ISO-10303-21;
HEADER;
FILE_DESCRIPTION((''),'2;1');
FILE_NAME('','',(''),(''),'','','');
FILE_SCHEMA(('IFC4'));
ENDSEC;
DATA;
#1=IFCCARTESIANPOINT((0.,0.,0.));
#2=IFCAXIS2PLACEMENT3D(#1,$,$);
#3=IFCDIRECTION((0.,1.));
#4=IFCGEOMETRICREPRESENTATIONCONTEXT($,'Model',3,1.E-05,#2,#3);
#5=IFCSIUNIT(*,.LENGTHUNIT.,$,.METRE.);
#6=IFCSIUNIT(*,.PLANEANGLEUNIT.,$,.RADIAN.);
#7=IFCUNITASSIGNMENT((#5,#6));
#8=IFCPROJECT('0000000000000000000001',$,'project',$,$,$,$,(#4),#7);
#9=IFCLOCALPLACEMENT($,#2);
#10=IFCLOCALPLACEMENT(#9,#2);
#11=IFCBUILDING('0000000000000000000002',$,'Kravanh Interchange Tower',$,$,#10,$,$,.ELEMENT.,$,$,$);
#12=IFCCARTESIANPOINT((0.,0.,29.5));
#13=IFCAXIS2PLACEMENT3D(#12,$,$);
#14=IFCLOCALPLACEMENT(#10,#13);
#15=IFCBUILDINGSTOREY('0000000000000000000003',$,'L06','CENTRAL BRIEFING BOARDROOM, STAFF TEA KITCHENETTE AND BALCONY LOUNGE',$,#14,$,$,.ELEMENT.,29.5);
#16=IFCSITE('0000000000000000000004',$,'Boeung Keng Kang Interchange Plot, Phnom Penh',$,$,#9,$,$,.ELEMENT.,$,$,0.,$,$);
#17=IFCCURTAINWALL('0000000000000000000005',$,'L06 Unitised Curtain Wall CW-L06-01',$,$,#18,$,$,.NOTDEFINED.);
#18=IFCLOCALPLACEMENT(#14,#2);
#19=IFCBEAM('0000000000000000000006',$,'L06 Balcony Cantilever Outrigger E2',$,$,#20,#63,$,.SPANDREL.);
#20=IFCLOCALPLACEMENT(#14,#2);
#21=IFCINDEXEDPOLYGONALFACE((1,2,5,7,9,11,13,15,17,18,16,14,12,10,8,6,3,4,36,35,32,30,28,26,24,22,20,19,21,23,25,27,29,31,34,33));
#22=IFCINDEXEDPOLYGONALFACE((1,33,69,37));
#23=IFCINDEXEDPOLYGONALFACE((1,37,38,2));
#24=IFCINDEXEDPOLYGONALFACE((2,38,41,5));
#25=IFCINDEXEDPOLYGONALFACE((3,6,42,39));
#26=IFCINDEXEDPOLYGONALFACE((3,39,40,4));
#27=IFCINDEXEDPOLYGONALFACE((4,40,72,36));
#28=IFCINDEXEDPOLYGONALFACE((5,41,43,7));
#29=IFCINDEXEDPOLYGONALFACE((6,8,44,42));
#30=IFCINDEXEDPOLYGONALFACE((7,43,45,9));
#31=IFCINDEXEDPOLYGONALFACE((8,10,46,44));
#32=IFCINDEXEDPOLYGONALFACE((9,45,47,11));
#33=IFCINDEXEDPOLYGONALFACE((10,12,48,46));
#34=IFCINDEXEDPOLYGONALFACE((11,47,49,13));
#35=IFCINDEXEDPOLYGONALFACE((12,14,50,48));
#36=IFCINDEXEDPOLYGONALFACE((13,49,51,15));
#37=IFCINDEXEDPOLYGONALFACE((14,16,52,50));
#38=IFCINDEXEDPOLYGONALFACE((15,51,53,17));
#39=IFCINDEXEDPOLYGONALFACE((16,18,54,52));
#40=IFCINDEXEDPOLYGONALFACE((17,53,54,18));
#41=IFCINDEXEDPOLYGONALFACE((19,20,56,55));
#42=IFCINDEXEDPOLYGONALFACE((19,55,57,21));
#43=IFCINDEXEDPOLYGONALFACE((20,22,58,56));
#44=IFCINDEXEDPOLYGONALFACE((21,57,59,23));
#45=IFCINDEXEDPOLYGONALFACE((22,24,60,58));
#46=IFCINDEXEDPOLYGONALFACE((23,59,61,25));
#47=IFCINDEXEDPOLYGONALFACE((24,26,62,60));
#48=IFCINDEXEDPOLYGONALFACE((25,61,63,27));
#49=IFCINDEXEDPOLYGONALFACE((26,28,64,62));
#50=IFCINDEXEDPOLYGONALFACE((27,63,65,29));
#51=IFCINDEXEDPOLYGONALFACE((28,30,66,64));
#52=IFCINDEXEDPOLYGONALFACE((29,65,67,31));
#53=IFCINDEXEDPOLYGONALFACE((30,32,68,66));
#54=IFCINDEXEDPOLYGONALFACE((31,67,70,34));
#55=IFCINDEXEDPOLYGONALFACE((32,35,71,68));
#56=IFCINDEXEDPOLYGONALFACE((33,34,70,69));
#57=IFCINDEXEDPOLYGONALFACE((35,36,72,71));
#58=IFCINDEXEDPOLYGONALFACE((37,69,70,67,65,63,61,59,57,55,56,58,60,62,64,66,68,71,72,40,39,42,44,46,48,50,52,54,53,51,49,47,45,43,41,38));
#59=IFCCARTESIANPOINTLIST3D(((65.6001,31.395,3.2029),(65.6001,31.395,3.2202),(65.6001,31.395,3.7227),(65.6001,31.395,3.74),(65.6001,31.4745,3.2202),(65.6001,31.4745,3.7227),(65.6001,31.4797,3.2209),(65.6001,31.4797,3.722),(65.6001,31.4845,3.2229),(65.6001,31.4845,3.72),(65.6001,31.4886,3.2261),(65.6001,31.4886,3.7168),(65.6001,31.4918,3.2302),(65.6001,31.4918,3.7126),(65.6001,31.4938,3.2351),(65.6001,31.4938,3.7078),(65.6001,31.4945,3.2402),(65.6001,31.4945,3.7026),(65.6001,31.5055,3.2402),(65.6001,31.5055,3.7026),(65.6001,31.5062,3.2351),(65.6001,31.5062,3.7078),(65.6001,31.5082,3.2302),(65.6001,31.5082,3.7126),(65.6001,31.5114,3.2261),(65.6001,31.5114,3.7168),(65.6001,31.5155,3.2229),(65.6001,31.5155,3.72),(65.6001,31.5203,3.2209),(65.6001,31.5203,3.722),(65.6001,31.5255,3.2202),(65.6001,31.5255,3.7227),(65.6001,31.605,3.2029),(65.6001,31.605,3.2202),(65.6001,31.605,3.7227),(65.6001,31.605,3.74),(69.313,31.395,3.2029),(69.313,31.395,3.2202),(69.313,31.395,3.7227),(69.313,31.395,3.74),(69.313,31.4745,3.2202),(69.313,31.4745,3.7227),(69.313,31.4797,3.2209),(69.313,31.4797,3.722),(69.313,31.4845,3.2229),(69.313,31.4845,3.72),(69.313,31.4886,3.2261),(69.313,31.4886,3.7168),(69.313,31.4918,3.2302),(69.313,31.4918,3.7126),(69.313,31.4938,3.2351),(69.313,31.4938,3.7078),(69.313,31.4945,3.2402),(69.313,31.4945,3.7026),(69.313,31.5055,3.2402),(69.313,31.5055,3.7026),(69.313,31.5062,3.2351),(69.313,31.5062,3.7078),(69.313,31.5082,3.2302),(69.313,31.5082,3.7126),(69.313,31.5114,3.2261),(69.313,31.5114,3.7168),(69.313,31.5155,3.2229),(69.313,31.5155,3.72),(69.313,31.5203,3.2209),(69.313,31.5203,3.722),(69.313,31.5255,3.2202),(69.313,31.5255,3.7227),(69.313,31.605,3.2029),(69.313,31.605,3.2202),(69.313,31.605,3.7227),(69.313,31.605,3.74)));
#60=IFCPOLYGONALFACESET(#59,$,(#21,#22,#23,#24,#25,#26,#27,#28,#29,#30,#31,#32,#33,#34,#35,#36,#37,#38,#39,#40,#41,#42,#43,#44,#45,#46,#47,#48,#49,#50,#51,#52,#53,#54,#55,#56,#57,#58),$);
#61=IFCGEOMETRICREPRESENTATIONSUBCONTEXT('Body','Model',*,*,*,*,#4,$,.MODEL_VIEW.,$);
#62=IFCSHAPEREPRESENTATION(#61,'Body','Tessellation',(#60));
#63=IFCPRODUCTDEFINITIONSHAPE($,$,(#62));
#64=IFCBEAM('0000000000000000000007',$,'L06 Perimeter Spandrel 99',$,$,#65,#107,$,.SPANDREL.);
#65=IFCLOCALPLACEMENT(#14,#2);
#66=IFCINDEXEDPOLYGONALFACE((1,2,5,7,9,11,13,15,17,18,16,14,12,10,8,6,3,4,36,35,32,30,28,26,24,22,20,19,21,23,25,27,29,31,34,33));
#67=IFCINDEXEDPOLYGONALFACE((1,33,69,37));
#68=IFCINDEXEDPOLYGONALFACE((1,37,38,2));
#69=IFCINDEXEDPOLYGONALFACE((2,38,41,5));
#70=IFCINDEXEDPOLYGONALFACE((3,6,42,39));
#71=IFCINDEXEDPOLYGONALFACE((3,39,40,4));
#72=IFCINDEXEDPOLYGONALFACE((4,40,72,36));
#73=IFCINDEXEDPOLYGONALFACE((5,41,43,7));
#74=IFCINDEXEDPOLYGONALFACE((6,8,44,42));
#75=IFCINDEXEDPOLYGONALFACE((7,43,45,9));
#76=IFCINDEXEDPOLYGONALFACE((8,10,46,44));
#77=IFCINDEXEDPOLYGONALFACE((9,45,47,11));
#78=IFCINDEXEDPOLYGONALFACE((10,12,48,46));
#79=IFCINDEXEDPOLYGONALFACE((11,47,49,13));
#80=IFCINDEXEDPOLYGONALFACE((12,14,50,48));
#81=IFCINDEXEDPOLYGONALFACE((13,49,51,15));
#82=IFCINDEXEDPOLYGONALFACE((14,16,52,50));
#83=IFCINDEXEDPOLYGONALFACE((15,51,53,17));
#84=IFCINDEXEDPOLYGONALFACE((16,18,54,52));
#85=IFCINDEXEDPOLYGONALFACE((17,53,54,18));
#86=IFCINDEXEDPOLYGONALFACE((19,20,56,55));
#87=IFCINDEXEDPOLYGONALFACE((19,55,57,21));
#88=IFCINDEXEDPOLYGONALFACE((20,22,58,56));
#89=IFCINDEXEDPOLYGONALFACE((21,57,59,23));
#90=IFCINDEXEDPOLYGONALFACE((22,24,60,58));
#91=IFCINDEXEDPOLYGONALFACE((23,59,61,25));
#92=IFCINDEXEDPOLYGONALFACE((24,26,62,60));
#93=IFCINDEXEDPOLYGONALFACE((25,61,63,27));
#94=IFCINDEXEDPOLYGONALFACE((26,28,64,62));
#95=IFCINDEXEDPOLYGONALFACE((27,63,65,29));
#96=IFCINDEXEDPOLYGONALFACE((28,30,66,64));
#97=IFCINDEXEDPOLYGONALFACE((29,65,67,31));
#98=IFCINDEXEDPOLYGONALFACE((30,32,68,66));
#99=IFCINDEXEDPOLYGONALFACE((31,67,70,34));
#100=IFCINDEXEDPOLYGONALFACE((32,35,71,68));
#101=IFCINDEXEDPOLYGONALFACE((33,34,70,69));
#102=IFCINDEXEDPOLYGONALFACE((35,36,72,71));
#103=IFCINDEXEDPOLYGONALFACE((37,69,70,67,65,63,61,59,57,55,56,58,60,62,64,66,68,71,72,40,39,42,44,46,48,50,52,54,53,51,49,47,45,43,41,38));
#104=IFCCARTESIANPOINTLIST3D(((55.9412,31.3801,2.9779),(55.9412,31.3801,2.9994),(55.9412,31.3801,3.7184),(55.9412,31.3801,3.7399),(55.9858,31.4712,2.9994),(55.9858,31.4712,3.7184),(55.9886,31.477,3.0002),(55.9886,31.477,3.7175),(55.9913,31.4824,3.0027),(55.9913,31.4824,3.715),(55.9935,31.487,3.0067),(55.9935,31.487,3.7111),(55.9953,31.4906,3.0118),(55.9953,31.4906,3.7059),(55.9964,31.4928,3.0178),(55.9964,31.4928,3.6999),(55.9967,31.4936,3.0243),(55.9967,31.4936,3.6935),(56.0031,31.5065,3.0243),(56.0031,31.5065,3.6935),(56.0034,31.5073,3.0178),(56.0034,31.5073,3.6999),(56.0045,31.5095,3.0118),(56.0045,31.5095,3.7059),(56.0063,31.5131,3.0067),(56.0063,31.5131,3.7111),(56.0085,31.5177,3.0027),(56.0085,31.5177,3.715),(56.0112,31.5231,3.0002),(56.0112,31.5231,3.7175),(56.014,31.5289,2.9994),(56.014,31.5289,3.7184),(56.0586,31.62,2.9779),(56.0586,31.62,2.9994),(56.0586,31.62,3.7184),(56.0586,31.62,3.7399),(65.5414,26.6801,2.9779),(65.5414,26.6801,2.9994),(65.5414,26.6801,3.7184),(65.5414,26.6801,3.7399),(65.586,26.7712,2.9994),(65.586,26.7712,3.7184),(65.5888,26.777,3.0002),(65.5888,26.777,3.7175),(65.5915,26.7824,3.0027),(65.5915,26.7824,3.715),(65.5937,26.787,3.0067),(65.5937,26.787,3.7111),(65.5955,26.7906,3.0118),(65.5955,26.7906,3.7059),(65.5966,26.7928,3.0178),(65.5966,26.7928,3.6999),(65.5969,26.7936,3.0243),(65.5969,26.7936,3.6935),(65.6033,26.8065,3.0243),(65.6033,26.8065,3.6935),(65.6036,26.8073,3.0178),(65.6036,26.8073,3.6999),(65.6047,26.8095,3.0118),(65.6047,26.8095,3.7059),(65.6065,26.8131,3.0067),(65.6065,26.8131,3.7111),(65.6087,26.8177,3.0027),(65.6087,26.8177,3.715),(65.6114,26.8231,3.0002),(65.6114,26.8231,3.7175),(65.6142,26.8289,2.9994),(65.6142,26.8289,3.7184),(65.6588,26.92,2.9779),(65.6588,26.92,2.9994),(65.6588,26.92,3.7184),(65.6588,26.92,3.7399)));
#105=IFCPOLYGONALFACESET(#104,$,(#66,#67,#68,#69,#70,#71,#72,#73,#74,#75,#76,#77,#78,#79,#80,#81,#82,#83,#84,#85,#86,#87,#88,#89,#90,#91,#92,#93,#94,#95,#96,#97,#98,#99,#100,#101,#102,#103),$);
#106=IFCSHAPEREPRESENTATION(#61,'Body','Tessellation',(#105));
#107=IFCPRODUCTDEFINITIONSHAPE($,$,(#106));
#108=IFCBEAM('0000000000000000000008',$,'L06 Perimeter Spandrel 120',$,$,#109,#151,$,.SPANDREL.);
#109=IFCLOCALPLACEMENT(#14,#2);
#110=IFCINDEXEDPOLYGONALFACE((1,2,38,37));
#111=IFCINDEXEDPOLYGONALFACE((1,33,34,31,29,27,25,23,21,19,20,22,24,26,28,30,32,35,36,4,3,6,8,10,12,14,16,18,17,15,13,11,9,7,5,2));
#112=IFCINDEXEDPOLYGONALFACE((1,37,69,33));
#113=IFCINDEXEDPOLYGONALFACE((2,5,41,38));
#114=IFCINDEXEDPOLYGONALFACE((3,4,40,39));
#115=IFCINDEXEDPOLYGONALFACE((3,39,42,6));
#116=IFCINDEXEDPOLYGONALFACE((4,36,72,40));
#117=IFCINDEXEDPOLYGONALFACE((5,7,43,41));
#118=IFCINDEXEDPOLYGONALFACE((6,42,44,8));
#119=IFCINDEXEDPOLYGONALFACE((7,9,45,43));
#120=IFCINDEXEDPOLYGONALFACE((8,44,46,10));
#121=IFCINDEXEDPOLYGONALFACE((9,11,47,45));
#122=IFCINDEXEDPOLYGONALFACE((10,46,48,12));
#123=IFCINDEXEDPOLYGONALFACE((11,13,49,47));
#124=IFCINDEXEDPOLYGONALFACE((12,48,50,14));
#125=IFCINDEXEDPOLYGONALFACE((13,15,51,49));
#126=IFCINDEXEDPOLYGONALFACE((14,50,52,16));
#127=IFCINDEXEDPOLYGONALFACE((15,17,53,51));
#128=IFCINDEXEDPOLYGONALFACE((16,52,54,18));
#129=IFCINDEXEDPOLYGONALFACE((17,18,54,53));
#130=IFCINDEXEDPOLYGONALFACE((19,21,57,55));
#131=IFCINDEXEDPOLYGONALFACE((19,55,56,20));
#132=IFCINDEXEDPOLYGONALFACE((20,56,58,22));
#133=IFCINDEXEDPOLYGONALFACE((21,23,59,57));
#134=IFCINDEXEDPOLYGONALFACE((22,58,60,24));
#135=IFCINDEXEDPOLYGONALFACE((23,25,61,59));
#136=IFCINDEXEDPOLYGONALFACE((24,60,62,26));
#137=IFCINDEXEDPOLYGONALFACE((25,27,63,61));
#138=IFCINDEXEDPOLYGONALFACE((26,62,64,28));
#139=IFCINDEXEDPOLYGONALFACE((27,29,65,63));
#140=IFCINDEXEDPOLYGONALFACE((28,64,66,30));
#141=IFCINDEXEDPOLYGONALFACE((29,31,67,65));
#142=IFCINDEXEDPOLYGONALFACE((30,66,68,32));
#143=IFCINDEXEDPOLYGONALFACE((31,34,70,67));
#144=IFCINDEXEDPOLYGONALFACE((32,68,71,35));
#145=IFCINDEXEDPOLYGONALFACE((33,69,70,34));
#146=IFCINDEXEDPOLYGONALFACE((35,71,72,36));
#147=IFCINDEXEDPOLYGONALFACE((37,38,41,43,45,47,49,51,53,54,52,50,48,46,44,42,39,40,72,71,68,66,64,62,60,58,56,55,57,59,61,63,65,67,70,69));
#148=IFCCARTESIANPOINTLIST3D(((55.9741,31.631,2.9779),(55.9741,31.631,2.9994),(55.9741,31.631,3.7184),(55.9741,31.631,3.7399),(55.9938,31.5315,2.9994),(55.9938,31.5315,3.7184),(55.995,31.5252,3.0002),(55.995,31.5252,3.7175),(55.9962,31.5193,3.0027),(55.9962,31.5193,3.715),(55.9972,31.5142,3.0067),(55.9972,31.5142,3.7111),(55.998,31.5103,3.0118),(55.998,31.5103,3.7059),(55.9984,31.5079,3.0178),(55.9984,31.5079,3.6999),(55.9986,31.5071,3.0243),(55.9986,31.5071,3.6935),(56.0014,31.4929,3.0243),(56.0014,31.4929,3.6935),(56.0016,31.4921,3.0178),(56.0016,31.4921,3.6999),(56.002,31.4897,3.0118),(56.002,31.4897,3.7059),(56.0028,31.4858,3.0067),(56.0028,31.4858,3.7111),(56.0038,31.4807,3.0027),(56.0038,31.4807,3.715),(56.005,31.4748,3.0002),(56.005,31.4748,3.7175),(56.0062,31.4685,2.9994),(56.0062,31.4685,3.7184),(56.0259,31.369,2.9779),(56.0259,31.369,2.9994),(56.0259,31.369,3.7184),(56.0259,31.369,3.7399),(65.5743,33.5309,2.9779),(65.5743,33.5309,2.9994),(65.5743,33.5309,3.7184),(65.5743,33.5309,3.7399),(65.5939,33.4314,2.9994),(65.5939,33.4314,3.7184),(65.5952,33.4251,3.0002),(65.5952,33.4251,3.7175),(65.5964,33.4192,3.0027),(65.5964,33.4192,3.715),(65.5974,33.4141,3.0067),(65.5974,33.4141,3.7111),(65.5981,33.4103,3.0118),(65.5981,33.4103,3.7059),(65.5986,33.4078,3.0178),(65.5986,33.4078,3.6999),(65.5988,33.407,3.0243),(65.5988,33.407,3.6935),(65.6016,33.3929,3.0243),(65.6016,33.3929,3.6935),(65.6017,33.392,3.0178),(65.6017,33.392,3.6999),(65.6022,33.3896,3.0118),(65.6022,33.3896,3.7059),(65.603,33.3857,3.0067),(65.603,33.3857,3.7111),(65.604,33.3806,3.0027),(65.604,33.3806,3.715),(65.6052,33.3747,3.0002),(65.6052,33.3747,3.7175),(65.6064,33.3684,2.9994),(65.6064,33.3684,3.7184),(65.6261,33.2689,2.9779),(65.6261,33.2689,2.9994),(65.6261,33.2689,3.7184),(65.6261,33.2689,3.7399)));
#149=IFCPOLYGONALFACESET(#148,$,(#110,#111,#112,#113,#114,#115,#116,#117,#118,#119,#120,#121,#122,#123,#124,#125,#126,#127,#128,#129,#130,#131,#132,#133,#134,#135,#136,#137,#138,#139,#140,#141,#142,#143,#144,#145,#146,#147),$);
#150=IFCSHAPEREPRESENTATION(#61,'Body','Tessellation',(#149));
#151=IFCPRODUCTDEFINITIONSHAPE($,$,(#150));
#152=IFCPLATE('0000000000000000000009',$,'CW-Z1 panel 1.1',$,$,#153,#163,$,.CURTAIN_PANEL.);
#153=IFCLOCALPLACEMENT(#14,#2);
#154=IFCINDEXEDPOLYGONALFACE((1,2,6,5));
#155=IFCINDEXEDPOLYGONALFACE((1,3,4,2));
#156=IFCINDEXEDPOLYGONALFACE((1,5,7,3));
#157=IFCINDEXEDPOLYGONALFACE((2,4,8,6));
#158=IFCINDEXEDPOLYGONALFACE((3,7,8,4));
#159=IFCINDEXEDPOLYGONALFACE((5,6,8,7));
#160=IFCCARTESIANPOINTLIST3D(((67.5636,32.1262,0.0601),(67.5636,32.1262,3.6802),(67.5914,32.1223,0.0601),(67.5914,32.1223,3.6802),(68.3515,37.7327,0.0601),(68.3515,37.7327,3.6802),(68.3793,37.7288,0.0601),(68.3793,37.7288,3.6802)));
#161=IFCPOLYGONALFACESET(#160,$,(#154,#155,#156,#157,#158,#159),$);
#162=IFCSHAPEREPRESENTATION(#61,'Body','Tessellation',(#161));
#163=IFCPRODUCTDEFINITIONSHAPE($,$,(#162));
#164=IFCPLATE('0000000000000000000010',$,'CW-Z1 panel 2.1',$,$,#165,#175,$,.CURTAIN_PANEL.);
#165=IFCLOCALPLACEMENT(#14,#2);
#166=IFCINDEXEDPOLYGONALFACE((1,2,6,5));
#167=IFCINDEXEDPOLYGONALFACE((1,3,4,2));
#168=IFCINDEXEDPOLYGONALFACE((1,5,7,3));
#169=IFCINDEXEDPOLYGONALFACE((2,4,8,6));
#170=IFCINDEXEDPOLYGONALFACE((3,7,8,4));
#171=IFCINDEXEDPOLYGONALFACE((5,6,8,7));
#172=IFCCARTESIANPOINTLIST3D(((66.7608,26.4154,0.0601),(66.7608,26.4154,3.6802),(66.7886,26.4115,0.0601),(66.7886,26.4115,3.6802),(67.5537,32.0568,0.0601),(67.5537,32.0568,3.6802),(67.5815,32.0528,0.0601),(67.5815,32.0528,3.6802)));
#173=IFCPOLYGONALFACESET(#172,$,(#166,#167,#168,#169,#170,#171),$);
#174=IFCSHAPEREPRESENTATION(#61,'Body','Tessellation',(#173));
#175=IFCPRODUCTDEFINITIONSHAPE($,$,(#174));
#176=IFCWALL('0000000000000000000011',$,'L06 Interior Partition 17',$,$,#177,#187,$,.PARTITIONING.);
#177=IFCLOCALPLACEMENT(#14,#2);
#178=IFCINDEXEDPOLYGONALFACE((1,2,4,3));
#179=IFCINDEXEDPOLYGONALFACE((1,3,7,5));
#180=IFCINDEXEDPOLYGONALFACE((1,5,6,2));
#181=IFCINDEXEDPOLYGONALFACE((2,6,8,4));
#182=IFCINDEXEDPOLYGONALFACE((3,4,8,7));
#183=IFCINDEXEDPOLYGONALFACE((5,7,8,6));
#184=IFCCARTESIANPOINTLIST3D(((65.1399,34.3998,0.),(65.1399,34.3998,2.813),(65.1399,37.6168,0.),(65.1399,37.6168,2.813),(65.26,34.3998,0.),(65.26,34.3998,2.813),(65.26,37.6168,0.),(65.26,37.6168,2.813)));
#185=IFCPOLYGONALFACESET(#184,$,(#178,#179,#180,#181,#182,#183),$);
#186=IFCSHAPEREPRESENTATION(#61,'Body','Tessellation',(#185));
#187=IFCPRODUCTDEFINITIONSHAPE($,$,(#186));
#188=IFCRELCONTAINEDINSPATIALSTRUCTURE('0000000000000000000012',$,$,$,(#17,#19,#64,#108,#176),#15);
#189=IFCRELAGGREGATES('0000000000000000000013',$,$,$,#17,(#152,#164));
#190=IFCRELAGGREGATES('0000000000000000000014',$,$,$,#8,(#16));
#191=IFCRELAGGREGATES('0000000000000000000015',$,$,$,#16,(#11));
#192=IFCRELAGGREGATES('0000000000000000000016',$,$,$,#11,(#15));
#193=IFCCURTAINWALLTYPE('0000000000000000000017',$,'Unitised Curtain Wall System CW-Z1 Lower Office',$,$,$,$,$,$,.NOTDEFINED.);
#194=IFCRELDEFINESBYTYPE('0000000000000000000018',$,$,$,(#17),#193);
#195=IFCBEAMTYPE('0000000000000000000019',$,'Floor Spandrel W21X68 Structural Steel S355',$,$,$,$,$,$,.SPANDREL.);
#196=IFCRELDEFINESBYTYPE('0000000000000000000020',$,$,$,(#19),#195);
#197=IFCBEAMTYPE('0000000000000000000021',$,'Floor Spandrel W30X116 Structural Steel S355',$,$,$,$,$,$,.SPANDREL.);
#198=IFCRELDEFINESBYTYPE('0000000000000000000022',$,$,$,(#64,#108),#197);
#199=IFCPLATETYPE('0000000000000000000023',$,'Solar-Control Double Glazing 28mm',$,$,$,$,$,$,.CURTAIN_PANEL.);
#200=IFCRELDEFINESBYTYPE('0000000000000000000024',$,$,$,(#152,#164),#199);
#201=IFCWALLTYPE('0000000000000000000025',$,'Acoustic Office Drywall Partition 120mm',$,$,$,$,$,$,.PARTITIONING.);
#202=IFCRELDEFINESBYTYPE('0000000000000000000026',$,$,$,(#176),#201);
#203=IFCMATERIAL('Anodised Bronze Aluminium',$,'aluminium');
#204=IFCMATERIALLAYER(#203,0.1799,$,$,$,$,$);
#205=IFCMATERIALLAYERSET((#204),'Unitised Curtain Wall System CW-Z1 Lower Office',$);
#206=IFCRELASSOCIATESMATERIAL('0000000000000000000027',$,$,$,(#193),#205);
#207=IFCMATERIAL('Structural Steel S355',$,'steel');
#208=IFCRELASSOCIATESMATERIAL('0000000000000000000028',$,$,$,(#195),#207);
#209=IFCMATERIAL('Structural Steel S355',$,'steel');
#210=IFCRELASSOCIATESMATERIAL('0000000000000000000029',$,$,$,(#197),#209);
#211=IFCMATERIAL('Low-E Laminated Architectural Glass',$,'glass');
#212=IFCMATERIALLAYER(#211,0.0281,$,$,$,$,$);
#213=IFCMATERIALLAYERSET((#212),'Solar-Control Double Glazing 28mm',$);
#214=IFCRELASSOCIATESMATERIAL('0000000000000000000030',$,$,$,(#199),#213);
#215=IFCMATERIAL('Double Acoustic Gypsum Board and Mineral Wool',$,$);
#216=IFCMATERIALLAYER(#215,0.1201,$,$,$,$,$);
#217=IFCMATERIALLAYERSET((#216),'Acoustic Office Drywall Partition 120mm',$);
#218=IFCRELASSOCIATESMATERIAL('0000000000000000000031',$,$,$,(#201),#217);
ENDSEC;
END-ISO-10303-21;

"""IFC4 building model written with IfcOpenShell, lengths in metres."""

from ifc_helpers import new_model, si_unit, direction, frame, frame_2d, origin, origin_2d, place, context, subcontext, project, spatial, rectangle, i_section, extrude, material, layer, layer_set, material_profile, profile_set, type_object, element, aggregate, save


model = new_model("IFC4")

# Units and contexts
model_context = context("Model", 3, precision=1e-05, world=origin(), true_north=direction((0.0, 1.0)))
body_context = subcontext(model_context, "Body", "Model", "MODEL_VIEW")
ifc_project = project(units=[si_unit("LENGTHUNIT", "METRE"), si_unit("PLANEANGLEUNIT", "RADIAN")], contexts=[model_context])

# Site, building, storey
site_placement = place(None, origin())
site = spatial("IfcSite", under=ifc_project, at=site_placement, Name="Boeung Keng Kang Interchange Plot, Phnom Penh", CompositionType="ELEMENT", RefElevation=0.0)
building_placement = place(site_placement, origin())
building = spatial("IfcBuilding", under=site, at=building_placement, Name="Kravanh Interchange Tower", CompositionType="ELEMENT")
storey_placement = place(building_placement, frame((0.0, 0.0, 29.5)))
storey = spatial("IfcBuildingStorey", under=building, at=storey_placement, Name="L06", Description="CENTRAL BRIEFING BOARDROOM, STAFF TEA KITCHENETTE AND BALCONY LOUNGE", CompositionType="ELEMENT", Elevation=29.5)

# Curtain wall
ifc_material_1 = material(Name="Anodised Bronze Aluminium", Category="aluminium")
ifc_layer_1 = layer(ifc_material_1, 0.1799)
ifc_layer_set_1 = layer_set([ifc_layer_1], Name="Unitised Curtain Wall System CW-Z1 Lower Office")
curtain_wall_type = type_object("IfcCurtainWallType", Name="Unitised Curtain Wall System CW-Z1 Lower Office", PredefinedType="NOTDEFINED", material=ifc_layer_set_1)
curtain_wall_placement = place(storey_placement, origin())
curtain_wall = element("IfcCurtainWall", 1, at=curtain_wall_placement, inside=storey, type_object=curtain_wall_type, Name="L06 Unitised Curtain Wall CW-L06-01", PredefinedType="NOTDEFINED")

# Beams
ifc_material_2 = material(Name="Structural Steel S355", Category="steel")
ifc_material_profile_1 = material_profile(ifc_material_2, i_section(OverallWidth=0.21, OverallDepth=0.5371, WebThickness=0.011, FlangeThickness=0.0173, FilletRadius=0.02, at=origin_2d()), Name="W21X68")
ifc_profile_set_1 = profile_set([ifc_material_profile_1], Name="Structural Steel S355")
beam_type_1 = type_object("IfcBeamType", Name="Floor Spandrel W21X68 Structural Steel S355", PredefinedType="SPANDREL", material=ifc_profile_set_1)
for number, where, z_axis, x_axis, name in (
    (2, (65.6001, 31.5, 3.4714), (1.0, 0.0, 0.0), (0.0, 1.0, 0.0), "L06 Balcony Cantilever Outrigger E2"),
):
    element("IfcBeam", number, at=place(storey_placement, frame(where, z_axis=z_axis, x_axis=x_axis)), inside=storey, type_object=beam_type_1, Name=name, PredefinedType="SPANDREL", context=body_context, shape_type="SweptSolid", body=[
        extrude(i_section(OverallWidth=0.21, OverallDepth=0.5371, WebThickness=0.011, FlangeThickness=0.0173, FilletRadius=0.02, at=origin_2d()), origin(), (0.0, 0.0, 1.0), 3.7129),
    ])
ifc_material_3 = material(Name="Structural Steel S355", Category="steel")
ifc_material_profile_2 = material_profile(ifc_material_3, i_section(OverallWidth=0.2671, OverallDepth=0.762, WebThickness=0.0144, FlangeThickness=0.0215, FilletRadius=0.0249, at=origin_2d()), Name="W30X116")
ifc_profile_set_2 = profile_set([ifc_material_profile_2], Name="Structural Steel S355")
beam_type_2 = type_object("IfcBeamType", Name="Floor Spandrel W30X116 Structural Steel S355", PredefinedType="SPANDREL", material=ifc_profile_set_2)
beam_1_placement = place(storey_placement, frame((65.6001, 26.8, 3.3589), z_axis=(-0.898142, 0.439706, 0.0), x_axis=(-0.439706, -0.898142, 0.0)))
element("IfcBeam", 3, at=beam_1_placement, inside=storey, type_object=beam_type_2, Name="L06 Perimeter Spandrel 99", PredefinedType="SPANDREL", context=body_context, shape_type="SweptSolid", body=[
    extrude(i_section(OverallWidth=0.2671, OverallDepth=0.762, WebThickness=0.0144, FlangeThickness=0.0215, FilletRadius=0.0249, at=origin_2d()), origin(), (0.0, 0.0, 1.0), 10.689),
])
beam_2_placement = place(storey_placement, frame((56.0, 31.5, 3.3589), z_axis=(0.980974, 0.194139, 0.0), x_axis=(-0.194139, 0.980974, 0.0)))
element("IfcBeam", 4, at=beam_2_placement, inside=storey, type_object=beam_type_2, Name="L06 Perimeter Spandrel 120", PredefinedType="SPANDREL", context=body_context, shape_type="SweptSolid", body=[
    extrude(i_section(OverallWidth=0.2671, OverallDepth=0.762, WebThickness=0.0144, FlangeThickness=0.0215, FilletRadius=0.0249, at=origin_2d()), origin(), (0.0, 0.0, 1.0), 9.7864),
])

# Plates
ifc_material_4 = material(Name="Low-E Laminated Architectural Glass", Category="glass")
ifc_layer_2 = layer(ifc_material_4, 0.0281)
ifc_layer_set_2 = layer_set([ifc_layer_2], Name="Solar-Control Double Glazing 28mm")
plate_type = type_object("IfcPlateType", Name="Solar-Control Double Glazing 28mm", PredefinedType="CURTAIN_PANEL", material=ifc_layer_set_2)
plate_1_placement = place(storey_placement, frame((67.9714, 34.9275, 0.0601), z_axis=(0.0, 0.0, 1.0), x_axis=(-0.139177, -0.990268, 0.0)))
plate_1 = element("IfcPlate", 5, at=plate_1_placement, type_object=plate_type, Name="CW-Z1 panel 1.1", PredefinedType="CURTAIN_PANEL", context=body_context, shape_type="SweptSolid", body=[
    extrude(rectangle(XDim=5.6616, YDim=0.0281, at=origin_2d()), origin(), (0.0, 0.0, 1.0), 3.6201),
])
plate_2_placement = place(storey_placement, frame((67.1711, 29.2341, 0.0601), z_axis=(0.0, 0.0, 1.0), x_axis=(-0.139177, -0.990268, 0.0)))
plate_2 = element("IfcPlate", 6, at=plate_2_placement, type_object=plate_type, Name="CW-Z1 panel 2.1", PredefinedType="CURTAIN_PANEL", context=body_context, shape_type="SweptSolid", body=[
    extrude(rectangle(XDim=5.6968, YDim=0.0281, at=origin_2d()), origin(), (0.0, 0.0, 1.0), 3.6201),
])
aggregate(curtain_wall, [plate_1, plate_2])

# Wall
ifc_material_5 = material(Name="Double Acoustic Gypsum Board and Mineral Wool")
ifc_layer_3 = layer(ifc_material_5, 0.1201)
ifc_layer_set_3 = layer_set([ifc_layer_3], Name="Acoustic Office Drywall Partition 120mm")
wall_type = type_object("IfcWallType", Name="Acoustic Office Drywall Partition 120mm", PredefinedType="PARTITIONING", material=ifc_layer_set_3)
wall_placement = place(storey_placement, frame((65.2, 34.3999, 0.0), z_axis=(0.0, 0.0, 1.0), x_axis=(0.0, 1.0, 0.0)))
element("IfcWall", 7, at=wall_placement, inside=storey, type_object=wall_type, Name="L06 Interior Partition 17", PredefinedType="PARTITIONING", context=body_context, shape_type="SweptSolid", body=[
    extrude(rectangle(XDim=3.217, YDim=0.1201, at=frame_2d((1.6084, 0.0))), origin(), (0.0, 0.0, 1.0), 2.813),
])

save(model, "model.ifc")
